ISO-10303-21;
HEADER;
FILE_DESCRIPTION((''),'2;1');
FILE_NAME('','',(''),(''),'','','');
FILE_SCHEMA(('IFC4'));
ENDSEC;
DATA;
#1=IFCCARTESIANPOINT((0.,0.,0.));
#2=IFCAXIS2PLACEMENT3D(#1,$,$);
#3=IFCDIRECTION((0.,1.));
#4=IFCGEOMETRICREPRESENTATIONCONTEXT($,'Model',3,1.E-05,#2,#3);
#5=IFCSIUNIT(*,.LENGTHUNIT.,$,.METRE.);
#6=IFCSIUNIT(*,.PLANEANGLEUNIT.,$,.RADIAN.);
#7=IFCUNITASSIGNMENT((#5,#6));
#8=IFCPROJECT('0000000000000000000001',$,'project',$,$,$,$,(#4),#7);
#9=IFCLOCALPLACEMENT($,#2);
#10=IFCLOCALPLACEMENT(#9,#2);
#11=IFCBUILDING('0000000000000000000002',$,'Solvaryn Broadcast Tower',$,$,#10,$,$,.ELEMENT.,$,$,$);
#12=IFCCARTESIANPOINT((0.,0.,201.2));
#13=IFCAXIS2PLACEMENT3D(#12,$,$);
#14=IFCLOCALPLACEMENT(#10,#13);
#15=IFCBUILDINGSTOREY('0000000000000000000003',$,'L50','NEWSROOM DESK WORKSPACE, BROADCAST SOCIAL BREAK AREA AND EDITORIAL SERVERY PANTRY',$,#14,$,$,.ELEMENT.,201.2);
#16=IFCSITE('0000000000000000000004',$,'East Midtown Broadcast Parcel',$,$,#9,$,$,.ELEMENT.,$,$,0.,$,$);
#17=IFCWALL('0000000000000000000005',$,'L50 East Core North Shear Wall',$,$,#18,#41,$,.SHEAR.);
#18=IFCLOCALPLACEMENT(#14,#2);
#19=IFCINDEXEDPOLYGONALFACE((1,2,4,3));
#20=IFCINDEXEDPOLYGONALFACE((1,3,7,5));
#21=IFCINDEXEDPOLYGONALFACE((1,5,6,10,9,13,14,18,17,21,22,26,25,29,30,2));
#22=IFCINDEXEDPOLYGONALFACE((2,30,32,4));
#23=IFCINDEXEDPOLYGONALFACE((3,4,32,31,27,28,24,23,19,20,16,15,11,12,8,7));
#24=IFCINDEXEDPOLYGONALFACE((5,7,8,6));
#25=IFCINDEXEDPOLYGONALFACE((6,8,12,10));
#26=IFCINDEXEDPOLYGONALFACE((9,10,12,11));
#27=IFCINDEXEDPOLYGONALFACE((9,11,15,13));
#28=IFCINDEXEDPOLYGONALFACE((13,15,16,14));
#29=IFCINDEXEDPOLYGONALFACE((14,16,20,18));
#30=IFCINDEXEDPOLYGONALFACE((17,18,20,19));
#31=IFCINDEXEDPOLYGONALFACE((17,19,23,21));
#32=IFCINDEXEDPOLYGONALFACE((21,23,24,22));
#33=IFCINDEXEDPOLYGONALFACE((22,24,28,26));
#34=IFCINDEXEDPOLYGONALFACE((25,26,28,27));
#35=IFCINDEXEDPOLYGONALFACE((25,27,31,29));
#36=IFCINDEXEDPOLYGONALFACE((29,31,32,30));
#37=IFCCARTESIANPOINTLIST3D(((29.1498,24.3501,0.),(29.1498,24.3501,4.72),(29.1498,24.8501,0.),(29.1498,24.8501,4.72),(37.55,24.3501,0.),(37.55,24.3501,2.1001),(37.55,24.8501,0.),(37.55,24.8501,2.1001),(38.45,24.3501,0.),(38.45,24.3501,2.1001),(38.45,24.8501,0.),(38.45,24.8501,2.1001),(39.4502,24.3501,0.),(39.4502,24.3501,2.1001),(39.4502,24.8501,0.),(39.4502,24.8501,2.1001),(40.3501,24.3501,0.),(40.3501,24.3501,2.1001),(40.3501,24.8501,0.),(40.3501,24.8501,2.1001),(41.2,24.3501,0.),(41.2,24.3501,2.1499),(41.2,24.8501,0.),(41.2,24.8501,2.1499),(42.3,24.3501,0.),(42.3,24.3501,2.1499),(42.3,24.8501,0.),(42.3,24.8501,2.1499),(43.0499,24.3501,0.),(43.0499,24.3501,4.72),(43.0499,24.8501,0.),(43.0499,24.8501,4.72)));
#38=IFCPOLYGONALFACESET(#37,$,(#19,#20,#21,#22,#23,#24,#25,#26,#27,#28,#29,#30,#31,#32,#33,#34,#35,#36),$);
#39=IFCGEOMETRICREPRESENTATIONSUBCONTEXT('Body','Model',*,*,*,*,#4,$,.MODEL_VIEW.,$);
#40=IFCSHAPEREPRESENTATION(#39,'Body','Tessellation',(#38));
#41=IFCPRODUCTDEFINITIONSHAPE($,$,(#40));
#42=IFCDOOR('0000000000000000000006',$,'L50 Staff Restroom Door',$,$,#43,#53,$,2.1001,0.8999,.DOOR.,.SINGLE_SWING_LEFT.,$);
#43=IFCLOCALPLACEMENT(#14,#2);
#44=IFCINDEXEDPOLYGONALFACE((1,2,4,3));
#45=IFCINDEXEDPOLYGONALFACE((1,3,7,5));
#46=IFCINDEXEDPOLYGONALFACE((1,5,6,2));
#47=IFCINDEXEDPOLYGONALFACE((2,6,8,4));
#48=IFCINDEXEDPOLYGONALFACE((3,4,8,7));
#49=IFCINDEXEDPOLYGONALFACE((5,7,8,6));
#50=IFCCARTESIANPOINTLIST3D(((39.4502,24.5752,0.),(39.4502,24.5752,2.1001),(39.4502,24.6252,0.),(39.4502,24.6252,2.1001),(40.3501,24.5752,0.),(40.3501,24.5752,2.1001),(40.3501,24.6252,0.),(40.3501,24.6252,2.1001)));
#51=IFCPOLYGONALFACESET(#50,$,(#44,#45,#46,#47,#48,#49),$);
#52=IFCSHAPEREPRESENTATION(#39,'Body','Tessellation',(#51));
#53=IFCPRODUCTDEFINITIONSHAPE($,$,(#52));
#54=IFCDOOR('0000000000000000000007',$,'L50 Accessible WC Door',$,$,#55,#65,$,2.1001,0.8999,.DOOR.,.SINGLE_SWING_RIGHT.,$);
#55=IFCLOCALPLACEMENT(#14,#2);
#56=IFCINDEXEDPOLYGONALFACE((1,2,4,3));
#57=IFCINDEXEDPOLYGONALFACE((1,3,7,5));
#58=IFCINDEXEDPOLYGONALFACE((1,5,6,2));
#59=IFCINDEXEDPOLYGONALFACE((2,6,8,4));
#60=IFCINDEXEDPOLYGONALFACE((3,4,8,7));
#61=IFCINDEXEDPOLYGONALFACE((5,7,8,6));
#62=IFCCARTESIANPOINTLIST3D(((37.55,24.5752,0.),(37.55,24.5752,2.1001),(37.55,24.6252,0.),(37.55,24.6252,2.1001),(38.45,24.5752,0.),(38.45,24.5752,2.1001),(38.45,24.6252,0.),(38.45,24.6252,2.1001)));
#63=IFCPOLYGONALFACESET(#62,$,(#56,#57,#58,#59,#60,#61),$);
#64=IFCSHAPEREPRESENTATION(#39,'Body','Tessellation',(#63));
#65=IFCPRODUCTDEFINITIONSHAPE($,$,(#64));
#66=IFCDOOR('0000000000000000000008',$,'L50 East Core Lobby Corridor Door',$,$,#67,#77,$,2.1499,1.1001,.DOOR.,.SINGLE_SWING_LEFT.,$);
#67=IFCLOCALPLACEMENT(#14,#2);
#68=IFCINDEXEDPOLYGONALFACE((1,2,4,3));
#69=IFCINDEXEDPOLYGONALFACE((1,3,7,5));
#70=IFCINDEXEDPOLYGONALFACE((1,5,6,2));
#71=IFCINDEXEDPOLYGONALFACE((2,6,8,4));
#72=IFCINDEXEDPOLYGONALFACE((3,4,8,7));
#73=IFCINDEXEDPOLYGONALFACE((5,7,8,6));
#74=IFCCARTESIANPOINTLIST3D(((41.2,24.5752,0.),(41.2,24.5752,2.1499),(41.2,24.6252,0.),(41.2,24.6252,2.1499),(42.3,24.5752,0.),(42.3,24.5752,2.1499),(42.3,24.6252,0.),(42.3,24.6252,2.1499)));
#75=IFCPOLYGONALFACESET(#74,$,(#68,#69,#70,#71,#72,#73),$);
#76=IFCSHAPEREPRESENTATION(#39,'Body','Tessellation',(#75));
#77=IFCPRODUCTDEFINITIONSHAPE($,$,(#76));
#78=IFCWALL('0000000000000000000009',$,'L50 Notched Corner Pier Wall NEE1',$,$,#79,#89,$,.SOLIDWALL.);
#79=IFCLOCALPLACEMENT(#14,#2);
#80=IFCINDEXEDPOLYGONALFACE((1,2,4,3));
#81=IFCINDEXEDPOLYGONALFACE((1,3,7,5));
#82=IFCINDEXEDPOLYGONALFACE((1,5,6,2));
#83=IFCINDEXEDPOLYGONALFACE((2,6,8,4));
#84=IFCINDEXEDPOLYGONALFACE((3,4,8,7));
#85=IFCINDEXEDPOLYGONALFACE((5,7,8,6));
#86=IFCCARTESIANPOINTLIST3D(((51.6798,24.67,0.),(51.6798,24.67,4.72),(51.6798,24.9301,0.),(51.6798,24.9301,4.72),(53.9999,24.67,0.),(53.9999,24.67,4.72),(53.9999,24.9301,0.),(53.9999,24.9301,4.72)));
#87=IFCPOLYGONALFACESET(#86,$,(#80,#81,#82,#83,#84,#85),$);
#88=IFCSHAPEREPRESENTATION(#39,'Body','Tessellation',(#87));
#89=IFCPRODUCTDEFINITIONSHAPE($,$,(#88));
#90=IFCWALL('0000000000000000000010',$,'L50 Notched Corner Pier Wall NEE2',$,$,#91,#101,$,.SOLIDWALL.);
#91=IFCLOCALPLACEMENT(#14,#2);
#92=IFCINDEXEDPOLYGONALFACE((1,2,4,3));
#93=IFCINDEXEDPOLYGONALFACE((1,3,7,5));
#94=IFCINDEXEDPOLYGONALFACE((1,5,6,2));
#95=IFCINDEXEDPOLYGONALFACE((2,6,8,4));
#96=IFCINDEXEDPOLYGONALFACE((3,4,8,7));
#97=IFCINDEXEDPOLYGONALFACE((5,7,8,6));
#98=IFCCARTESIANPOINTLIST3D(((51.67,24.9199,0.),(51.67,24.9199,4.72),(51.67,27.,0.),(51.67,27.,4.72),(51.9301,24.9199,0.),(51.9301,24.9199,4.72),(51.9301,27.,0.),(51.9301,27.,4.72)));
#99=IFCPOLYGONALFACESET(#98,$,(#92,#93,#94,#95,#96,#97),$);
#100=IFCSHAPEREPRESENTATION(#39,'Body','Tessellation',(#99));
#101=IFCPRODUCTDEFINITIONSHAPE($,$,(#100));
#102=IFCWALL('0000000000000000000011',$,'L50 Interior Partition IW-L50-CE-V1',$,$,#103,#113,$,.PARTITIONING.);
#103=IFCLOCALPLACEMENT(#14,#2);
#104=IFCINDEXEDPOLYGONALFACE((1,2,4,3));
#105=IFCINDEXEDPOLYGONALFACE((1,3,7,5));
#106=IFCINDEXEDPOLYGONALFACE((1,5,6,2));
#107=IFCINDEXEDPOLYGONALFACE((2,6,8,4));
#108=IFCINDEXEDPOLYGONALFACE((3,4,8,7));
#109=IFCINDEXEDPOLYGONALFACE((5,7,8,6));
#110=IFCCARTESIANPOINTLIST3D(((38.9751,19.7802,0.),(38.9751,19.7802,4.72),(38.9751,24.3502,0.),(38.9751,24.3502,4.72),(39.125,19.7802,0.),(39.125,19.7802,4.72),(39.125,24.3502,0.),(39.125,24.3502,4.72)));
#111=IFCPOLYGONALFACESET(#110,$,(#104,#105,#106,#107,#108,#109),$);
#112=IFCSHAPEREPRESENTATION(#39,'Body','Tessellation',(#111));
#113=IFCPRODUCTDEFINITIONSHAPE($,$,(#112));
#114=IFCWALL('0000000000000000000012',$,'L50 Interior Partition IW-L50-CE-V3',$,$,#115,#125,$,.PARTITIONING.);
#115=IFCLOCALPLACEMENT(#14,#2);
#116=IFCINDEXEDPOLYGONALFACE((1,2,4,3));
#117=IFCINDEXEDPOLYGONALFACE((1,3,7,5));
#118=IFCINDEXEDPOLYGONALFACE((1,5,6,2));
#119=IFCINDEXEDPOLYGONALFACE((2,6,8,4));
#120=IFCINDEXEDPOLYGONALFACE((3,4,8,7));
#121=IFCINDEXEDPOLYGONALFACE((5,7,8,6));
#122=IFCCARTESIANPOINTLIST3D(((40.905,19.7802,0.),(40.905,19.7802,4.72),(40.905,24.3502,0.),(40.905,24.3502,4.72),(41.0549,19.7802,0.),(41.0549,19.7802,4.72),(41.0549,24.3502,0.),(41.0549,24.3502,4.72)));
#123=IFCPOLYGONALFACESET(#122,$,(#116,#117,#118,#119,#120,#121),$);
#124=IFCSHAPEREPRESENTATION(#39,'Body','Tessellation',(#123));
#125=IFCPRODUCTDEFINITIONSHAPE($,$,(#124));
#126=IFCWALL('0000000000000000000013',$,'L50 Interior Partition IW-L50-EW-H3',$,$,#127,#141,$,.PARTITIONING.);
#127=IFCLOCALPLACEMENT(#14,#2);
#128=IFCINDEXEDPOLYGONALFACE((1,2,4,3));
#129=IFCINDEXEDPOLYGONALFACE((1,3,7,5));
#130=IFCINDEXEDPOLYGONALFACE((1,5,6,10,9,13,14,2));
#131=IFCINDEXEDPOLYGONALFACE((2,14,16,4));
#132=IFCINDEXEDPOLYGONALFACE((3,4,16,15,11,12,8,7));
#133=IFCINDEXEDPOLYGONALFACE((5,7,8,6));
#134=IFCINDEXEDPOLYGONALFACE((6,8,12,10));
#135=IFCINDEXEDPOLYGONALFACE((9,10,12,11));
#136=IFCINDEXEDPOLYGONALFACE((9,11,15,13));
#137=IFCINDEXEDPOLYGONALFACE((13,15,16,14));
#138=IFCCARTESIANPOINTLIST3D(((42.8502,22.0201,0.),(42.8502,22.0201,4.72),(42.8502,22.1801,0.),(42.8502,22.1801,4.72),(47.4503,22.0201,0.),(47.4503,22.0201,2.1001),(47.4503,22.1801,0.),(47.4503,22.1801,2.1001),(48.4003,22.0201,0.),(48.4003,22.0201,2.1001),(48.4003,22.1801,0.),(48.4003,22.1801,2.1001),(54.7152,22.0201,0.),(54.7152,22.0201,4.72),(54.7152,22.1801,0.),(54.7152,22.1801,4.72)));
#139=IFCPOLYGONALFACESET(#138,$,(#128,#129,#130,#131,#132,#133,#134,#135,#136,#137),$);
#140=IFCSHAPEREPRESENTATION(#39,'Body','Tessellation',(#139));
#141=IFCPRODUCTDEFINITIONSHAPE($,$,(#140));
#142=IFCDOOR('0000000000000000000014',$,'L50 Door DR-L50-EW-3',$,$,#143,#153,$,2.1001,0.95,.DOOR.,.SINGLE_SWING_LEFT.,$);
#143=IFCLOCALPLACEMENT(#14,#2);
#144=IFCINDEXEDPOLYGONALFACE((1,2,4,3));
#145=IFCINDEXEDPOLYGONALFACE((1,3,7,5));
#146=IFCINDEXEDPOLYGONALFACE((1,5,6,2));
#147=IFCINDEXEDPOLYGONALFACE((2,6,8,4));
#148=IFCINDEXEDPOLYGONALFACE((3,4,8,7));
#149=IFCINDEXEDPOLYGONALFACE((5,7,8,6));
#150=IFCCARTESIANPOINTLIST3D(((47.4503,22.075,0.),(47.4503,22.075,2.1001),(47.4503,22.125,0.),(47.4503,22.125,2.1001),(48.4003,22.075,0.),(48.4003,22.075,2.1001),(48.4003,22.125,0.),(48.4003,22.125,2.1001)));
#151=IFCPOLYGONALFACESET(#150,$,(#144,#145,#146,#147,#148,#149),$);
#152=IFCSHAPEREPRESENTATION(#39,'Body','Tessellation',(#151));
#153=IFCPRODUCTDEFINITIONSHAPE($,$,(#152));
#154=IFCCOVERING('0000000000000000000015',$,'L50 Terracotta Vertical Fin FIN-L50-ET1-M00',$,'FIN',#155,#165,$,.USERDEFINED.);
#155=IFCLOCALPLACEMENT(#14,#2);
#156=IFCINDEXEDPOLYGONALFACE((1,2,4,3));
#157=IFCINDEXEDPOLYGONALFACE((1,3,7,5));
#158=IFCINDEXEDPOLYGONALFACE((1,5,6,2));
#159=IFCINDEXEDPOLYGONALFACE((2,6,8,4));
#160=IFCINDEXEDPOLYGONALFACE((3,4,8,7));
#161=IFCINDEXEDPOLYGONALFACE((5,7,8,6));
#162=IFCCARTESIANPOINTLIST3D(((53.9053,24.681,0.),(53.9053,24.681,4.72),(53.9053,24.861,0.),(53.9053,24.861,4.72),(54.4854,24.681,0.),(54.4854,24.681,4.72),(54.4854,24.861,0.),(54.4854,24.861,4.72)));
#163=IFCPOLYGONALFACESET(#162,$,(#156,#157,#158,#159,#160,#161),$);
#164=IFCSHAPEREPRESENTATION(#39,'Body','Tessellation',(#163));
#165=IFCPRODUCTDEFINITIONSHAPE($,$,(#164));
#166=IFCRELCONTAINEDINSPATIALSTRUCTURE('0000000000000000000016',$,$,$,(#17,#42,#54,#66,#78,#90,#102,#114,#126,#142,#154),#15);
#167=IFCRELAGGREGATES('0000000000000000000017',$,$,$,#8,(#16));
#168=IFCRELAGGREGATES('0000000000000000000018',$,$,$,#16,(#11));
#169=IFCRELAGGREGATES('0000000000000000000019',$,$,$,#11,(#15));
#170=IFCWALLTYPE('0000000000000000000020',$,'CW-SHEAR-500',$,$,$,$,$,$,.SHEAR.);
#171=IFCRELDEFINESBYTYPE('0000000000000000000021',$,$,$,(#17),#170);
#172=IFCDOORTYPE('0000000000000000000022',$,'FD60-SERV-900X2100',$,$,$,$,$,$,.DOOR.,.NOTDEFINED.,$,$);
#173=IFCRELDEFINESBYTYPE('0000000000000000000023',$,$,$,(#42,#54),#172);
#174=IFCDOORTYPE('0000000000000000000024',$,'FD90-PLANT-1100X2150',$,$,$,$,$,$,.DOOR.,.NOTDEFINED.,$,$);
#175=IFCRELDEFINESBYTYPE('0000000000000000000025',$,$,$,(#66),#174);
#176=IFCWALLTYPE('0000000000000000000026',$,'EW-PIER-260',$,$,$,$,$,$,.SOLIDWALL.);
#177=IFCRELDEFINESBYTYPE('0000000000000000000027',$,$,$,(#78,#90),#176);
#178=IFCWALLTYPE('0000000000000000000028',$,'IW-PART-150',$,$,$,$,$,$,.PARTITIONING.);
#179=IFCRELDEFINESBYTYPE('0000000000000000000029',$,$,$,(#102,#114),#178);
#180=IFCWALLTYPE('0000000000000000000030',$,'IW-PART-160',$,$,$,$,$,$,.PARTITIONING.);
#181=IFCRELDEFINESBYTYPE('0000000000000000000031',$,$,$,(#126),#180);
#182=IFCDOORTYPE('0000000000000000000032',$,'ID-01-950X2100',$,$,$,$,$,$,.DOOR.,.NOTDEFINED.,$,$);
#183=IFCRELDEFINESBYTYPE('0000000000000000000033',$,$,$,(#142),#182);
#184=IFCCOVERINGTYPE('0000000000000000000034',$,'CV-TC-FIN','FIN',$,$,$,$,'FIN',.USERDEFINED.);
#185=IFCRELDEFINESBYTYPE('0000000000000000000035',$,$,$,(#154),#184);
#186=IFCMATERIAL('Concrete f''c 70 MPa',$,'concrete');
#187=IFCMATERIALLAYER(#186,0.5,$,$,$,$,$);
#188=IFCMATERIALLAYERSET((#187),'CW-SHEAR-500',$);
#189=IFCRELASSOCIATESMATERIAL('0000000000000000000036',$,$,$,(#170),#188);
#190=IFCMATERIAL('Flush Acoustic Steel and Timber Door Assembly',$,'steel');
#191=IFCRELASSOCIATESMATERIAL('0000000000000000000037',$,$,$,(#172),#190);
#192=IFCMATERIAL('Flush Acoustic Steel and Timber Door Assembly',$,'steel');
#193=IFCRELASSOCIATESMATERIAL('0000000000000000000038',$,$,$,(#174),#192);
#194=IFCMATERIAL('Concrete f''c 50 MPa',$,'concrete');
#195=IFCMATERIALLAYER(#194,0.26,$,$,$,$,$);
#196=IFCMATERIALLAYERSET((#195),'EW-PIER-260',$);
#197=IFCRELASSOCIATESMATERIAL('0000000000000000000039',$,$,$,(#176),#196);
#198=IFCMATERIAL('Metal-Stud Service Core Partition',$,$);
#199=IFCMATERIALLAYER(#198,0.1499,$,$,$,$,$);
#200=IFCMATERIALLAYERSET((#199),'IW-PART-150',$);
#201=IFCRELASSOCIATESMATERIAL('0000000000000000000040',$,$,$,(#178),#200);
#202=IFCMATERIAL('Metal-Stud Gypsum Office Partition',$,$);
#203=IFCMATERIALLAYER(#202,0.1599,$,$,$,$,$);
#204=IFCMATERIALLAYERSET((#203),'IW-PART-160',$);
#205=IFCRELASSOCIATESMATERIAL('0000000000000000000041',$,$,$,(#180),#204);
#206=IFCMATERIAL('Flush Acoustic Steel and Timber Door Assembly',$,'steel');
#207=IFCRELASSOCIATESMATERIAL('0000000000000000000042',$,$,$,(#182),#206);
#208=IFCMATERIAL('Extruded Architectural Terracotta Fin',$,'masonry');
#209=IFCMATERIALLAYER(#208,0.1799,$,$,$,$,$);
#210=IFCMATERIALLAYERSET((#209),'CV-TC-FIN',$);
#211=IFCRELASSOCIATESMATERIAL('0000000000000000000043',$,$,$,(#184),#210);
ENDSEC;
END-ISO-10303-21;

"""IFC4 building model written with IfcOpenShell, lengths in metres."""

from ifc_helpers import new_model, si_unit, direction, frame, frame_2d, origin, origin_2d, place, context, subcontext, project, spatial, rectangle, extrude, material, layer, layer_set, type_object, element, fill, save


model = new_model("IFC4")

# Units and contexts
model_context = context("Model", 3, precision=1e-05, world=origin(), true_north=direction((0.0, 1.0)))
body_context = subcontext(model_context, "Body", "Model", "MODEL_VIEW")
ifc_project = project(units=[si_unit("LENGTHUNIT", "METRE"), si_unit("PLANEANGLEUNIT", "RADIAN")], contexts=[model_context])

# Site, building, storey
site_placement = place(None, origin())
site = spatial("IfcSite", under=ifc_project, at=site_placement, Name="East Midtown Broadcast Parcel", CompositionType="ELEMENT", RefElevation=0.0)
building_placement = place(site_placement, origin())
building = spatial("IfcBuilding", under=site, at=building_placement, Name="Solvaryn Broadcast Tower", CompositionType="ELEMENT")
storey_placement = place(building_placement, frame((0.0, 0.0, 201.2)))
storey = spatial("IfcBuildingStorey", under=building, at=storey_placement, Name="L50", Description="NEWSROOM DESK WORKSPACE, BROADCAST SOCIAL BREAK AREA AND EDITORIAL SERVERY PANTRY", CompositionType="ELEMENT", Elevation=201.2)

# Wall, openings, doors
ifc_material_1 = material(Name="Concrete f'c 70 MPa", Category="concrete")
ifc_layer_1 = layer(ifc_material_1, 0.5)
ifc_layer_set_1 = layer_set([ifc_layer_1], Name="CW-SHEAR-500")
wall_type_1 = type_object("IfcWallType", Name="CW-SHEAR-500", PredefinedType="SHEAR", material=ifc_layer_set_1)
wall_1_placement = place(storey_placement, frame((43.05, 24.6001, 0.0), z_axis=(0.0, 0.0, 1.0), x_axis=(-1.0, 0.0, 0.0)))
wall_1 = element("IfcWall", 1, at=wall_1_placement, inside=storey, type_object=wall_type_1, Name="L50 East Core North Shear Wall", PredefinedType="SHEAR", context=body_context, shape_type="SweptSolid", body=[
    extrude(rectangle(XDim=13.9001, YDim=0.5, at=frame_2d((6.9502, 0.0))), origin(), (0.0, 0.0, 1.0), 4.72),
])
opening_1_placement = place(wall_1_placement, frame((0.75, 0.0, 0.0)))
opening_1 = element("IfcOpeningElement", 2, at=opening_1_placement, cuts=wall_1, PredefinedType="OPENING", context=body_context, shape_type="SweptSolid", body=[
    extrude(rectangle(XDim=1.1001, YDim=2.1499, at=frame_2d((0.55, 1.075))), frame((0.0, 0.26, 0.0), z_axis=(0.0, -1.0, 0.0), x_axis=(1.0, 0.0, 0.0)), (0.0, 0.0, 1.0), 0.52),
])
opening_2_placement = place(wall_1_placement, frame((2.7, 0.0, 0.0)))
opening_2 = element("IfcOpeningElement", 3, at=opening_2_placement, cuts=wall_1, PredefinedType="OPENING", context=body_context, shape_type="SweptSolid", body=[
    extrude(rectangle(XDim=0.8999, YDim=2.1001, at=frame_2d((0.45, 1.05))), frame((0.0, 0.26, 0.0), z_axis=(0.0, -1.0, 0.0), x_axis=(1.0, 0.0, 0.0)), (0.0, 0.0, 1.0), 0.52),
])
opening_3_placement = place(wall_1_placement, frame((4.6001, 0.0, 0.0)))
opening_3 = element("IfcOpeningElement", 4, at=opening_3_placement, cuts=wall_1, PredefinedType="OPENING", context=body_context, shape_type="SweptSolid", body=[
    extrude(rectangle(XDim=0.8999, YDim=2.1001, at=frame_2d((0.45, 1.05))), frame((0.0, 0.26, 0.0), z_axis=(0.0, -1.0, 0.0), x_axis=(1.0, 0.0, 0.0)), (0.0, 0.0, 1.0), 0.52),
])
ifc_material_2 = material(Name="Flush Acoustic Steel and Timber Door Assembly", Category="steel")
door_type_1 = type_object("IfcDoorType", Name="FD60-SERV-900X2100", OperationType="NOTDEFINED", PredefinedType="DOOR", material=ifc_material_2)
door_1_placement = place(opening_2_placement, origin())
door_1 = element("IfcDoor", 5, at=door_1_placement, inside=storey, type_object=door_type_1, Name="L50 Staff Restroom Door", OperationType="SINGLE_SWING_LEFT", OverallHeight=2.1001, OverallWidth=0.8999, PredefinedType="DOOR", context=body_context, shape_type="SweptSolid", body=[
    extrude(rectangle(XDim=0.8999, YDim=2.1001, at=frame_2d((0.45, 1.05))), frame((0.0, 0.0249, 0.0), z_axis=(0.0, -1.0, 0.0), x_axis=(1.0, 0.0, 0.0)), (0.0, 0.0, 1.0), 0.05),
])
fill(opening_2, door_1)
door_2_placement = place(opening_3_placement, origin())
door_2 = element("IfcDoor", 6, at=door_2_placement, inside=storey, type_object=door_type_1, Name="L50 Accessible WC Door", OperationType="SINGLE_SWING_RIGHT", OverallHeight=2.1001, OverallWidth=0.8999, PredefinedType="DOOR", context=body_context, shape_type="SweptSolid", body=[
    extrude(rectangle(XDim=0.8999, YDim=2.1001, at=frame_2d((0.45, 1.05))), frame((0.0, 0.0249, 0.0), z_axis=(0.0, -1.0, 0.0), x_axis=(1.0, 0.0, 0.0)), (0.0, 0.0, 1.0), 0.05),
])
fill(opening_3, door_2)
ifc_material_3 = material(Name="Flush Acoustic Steel and Timber Door Assembly", Category="steel")
door_type_2 = type_object("IfcDoorType", Name="FD90-PLANT-1100X2150", OperationType="NOTDEFINED", PredefinedType="DOOR", material=ifc_material_3)
door_3_placement = place(opening_1_placement, origin())
door_3 = element("IfcDoor", 7, at=door_3_placement, inside=storey, type_object=door_type_2, Name="L50 East Core Lobby Corridor Door", OperationType="SINGLE_SWING_LEFT", OverallHeight=2.1499, OverallWidth=1.1001, PredefinedType="DOOR", context=body_context, shape_type="SweptSolid", body=[
    extrude(rectangle(XDim=1.1001, YDim=2.1499, at=frame_2d((0.55, 1.075))), frame((0.0, 0.0249, 0.0), z_axis=(0.0, -1.0, 0.0), x_axis=(1.0, 0.0, 0.0)), (0.0, 0.0, 1.0), 0.05),
])
fill(opening_1, door_3)

# Walls
ifc_material_4 = material(Name="Concrete f'c 50 MPa", Category="concrete")
ifc_layer_2 = layer(ifc_material_4, 0.26)
ifc_layer_set_2 = layer_set([ifc_layer_2], Name="EW-PIER-260")
wall_type_2 = type_object("IfcWallType", Name="EW-PIER-260", PredefinedType="SOLIDWALL", material=ifc_layer_set_2)
wall_2_placement = place(storey_placement, frame((54.0, 24.8, 0.0), z_axis=(0.0, 0.0, 1.0), x_axis=(-1.0, 0.0, 0.0)))
element("IfcWall", 8, at=wall_2_placement, inside=storey, type_object=wall_type_2, Name="L50 Notched Corner Pier Wall NEE1", PredefinedType="SOLIDWALL", context=body_context, shape_type="SweptSolid", body=[
    extrude(rectangle(XDim=2.3201, YDim=0.26, at=frame_2d((1.1602, 0.0))), origin(), (0.0, 0.0, 1.0), 4.72),
])
wall_3_placement = place(storey_placement, frame((51.8, 24.9199, 0.0), z_axis=(0.0, 0.0, 1.0), x_axis=(0.0, 1.0, 0.0)))
element("IfcWall", 9, at=wall_3_placement, inside=storey, type_object=wall_type_2, Name="L50 Notched Corner Pier Wall NEE2", PredefinedType="SOLIDWALL", context=body_context, shape_type="SweptSolid", body=[
    extrude(rectangle(XDim=2.0801, YDim=0.26, at=frame_2d((1.04, 0.0))), origin(), (0.0, 0.0, 1.0), 4.72),
])
ifc_material_5 = material(Name="Metal-Stud Service Core Partition")
ifc_layer_3 = layer(ifc_material_5, 0.1499)
ifc_layer_set_3 = layer_set([ifc_layer_3], Name="IW-PART-150")
wall_type_3 = type_object("IfcWallType", Name="IW-PART-150", PredefinedType="PARTITIONING", material=ifc_layer_set_3)
for number, where, z_axis, x_axis, name in (
    (10, (39.05, 19.78, 0.0), (0.0, 0.0, 1.0), (0.0, 1.0, 0.0), "L50 Interior Partition IW-L50-CE-V1"),
    (11, (40.98, 19.78, 0.0), (0.0, 0.0, 1.0), (0.0, 1.0, 0.0), "L50 Interior Partition IW-L50-CE-V3"),
):
    element("IfcWall", number, at=place(storey_placement, frame(where, z_axis=z_axis, x_axis=x_axis)), inside=storey, type_object=wall_type_3, Name=name, PredefinedType="PARTITIONING", context=body_context, shape_type="SweptSolid", body=[
        extrude(rectangle(XDim=4.5701, YDim=0.1499, at=frame_2d((2.2852, 0.0))), origin(), (0.0, 0.0, 1.0), 4.72),
    ])

# Wall, opening, door
ifc_material_6 = material(Name="Metal-Stud Gypsum Office Partition")
ifc_layer_4 = layer(ifc_material_6, 0.1599)
ifc_layer_set_4 = layer_set([ifc_layer_4], Name="IW-PART-160")
wall_type_4 = type_object("IfcWallType", Name="IW-PART-160", PredefinedType="PARTITIONING", material=ifc_layer_set_4)
wall_4_placement = place(storey_placement, frame((42.8501, 22.1001, 0.0), z_axis=(0.0, 0.0, 1.0), x_axis=(1.0, 0.0, 0.0)))
wall_4 = element("IfcWall", 12, at=wall_4_placement, inside=storey, type_object=wall_type_4, Name="L50 Interior Partition IW-L50-EW-H3", PredefinedType="PARTITIONING", context=body_context, shape_type="SweptSolid", body=[
    extrude(rectangle(XDim=11.865, YDim=0.1599, at=frame_2d((5.9326, 0.0))), origin(), (0.0, 0.0, 1.0), 4.72),
])
opening_4_placement = place(wall_4_placement, frame((4.6001, 0.0, 0.0)))
opening_4 = element("IfcOpeningElement", 13, at=opening_4_placement, cuts=wall_4, PredefinedType="OPENING", context=body_context, shape_type="SweptSolid", body=[
    extrude(rectangle(XDim=0.95, YDim=2.1001, at=frame_2d((0.4751, 1.05))), frame((0.0, 0.0901, 0.0), z_axis=(0.0, -1.0, 0.0), x_axis=(1.0, 0.0, 0.0)), (0.0, 0.0, 1.0), 0.1799),
])
ifc_material_7 = material(Name="Flush Acoustic Steel and Timber Door Assembly", Category="steel")
door_type_3 = type_object("IfcDoorType", Name="ID-01-950X2100", OperationType="NOTDEFINED", PredefinedType="DOOR", material=ifc_material_7)
door_4_placement = place(opening_4_placement, origin())
door_4 = element("IfcDoor", 14, at=door_4_placement, inside=storey, type_object=door_type_3, Name="L50 Door DR-L50-EW-3", OperationType="SINGLE_SWING_LEFT", OverallHeight=2.1001, OverallWidth=0.95, PredefinedType="DOOR", context=body_context, shape_type="SweptSolid", body=[
    extrude(rectangle(XDim=0.95, YDim=2.1001, at=frame_2d((0.4751, 1.05))), frame((0.0, 0.0249, 0.0), z_axis=(0.0, -1.0, 0.0), x_axis=(1.0, 0.0, 0.0)), (0.0, 0.0, 1.0), 0.05),
])
fill(opening_4, door_4)

# Covering
ifc_material_8 = material(Name="Extruded Architectural Terracotta Fin", Category="masonry")
ifc_layer_5 = layer(ifc_material_8, 0.1799)
ifc_layer_set_5 = layer_set([ifc_layer_5], Name="CV-TC-FIN")
covering_type = type_object("IfcCoveringType", Name="CV-TC-FIN", Description="FIN", ElementType="FIN", PredefinedType="USERDEFINED", material=ifc_layer_set_5)
covering_1_placement = place(storey_placement, frame((54.1953, 24.771, 0.0), z_axis=(0.0, 0.0, 1.0), x_axis=(1.0, 0.0, 0.0)))
element("IfcCovering", 15, at=covering_1_placement, inside=storey, type_object=covering_type, Name="L50 Terracotta Vertical Fin FIN-L50-ET1-M00", ObjectType="FIN", PredefinedType="USERDEFINED", context=body_context, shape_type="SweptSolid", body=[
    extrude(rectangle(XDim=0.5801, YDim=0.1799, at=origin_2d()), origin(), (0.0, 0.0, 1.0), 4.72),
])

save(model, "model.ifc")
